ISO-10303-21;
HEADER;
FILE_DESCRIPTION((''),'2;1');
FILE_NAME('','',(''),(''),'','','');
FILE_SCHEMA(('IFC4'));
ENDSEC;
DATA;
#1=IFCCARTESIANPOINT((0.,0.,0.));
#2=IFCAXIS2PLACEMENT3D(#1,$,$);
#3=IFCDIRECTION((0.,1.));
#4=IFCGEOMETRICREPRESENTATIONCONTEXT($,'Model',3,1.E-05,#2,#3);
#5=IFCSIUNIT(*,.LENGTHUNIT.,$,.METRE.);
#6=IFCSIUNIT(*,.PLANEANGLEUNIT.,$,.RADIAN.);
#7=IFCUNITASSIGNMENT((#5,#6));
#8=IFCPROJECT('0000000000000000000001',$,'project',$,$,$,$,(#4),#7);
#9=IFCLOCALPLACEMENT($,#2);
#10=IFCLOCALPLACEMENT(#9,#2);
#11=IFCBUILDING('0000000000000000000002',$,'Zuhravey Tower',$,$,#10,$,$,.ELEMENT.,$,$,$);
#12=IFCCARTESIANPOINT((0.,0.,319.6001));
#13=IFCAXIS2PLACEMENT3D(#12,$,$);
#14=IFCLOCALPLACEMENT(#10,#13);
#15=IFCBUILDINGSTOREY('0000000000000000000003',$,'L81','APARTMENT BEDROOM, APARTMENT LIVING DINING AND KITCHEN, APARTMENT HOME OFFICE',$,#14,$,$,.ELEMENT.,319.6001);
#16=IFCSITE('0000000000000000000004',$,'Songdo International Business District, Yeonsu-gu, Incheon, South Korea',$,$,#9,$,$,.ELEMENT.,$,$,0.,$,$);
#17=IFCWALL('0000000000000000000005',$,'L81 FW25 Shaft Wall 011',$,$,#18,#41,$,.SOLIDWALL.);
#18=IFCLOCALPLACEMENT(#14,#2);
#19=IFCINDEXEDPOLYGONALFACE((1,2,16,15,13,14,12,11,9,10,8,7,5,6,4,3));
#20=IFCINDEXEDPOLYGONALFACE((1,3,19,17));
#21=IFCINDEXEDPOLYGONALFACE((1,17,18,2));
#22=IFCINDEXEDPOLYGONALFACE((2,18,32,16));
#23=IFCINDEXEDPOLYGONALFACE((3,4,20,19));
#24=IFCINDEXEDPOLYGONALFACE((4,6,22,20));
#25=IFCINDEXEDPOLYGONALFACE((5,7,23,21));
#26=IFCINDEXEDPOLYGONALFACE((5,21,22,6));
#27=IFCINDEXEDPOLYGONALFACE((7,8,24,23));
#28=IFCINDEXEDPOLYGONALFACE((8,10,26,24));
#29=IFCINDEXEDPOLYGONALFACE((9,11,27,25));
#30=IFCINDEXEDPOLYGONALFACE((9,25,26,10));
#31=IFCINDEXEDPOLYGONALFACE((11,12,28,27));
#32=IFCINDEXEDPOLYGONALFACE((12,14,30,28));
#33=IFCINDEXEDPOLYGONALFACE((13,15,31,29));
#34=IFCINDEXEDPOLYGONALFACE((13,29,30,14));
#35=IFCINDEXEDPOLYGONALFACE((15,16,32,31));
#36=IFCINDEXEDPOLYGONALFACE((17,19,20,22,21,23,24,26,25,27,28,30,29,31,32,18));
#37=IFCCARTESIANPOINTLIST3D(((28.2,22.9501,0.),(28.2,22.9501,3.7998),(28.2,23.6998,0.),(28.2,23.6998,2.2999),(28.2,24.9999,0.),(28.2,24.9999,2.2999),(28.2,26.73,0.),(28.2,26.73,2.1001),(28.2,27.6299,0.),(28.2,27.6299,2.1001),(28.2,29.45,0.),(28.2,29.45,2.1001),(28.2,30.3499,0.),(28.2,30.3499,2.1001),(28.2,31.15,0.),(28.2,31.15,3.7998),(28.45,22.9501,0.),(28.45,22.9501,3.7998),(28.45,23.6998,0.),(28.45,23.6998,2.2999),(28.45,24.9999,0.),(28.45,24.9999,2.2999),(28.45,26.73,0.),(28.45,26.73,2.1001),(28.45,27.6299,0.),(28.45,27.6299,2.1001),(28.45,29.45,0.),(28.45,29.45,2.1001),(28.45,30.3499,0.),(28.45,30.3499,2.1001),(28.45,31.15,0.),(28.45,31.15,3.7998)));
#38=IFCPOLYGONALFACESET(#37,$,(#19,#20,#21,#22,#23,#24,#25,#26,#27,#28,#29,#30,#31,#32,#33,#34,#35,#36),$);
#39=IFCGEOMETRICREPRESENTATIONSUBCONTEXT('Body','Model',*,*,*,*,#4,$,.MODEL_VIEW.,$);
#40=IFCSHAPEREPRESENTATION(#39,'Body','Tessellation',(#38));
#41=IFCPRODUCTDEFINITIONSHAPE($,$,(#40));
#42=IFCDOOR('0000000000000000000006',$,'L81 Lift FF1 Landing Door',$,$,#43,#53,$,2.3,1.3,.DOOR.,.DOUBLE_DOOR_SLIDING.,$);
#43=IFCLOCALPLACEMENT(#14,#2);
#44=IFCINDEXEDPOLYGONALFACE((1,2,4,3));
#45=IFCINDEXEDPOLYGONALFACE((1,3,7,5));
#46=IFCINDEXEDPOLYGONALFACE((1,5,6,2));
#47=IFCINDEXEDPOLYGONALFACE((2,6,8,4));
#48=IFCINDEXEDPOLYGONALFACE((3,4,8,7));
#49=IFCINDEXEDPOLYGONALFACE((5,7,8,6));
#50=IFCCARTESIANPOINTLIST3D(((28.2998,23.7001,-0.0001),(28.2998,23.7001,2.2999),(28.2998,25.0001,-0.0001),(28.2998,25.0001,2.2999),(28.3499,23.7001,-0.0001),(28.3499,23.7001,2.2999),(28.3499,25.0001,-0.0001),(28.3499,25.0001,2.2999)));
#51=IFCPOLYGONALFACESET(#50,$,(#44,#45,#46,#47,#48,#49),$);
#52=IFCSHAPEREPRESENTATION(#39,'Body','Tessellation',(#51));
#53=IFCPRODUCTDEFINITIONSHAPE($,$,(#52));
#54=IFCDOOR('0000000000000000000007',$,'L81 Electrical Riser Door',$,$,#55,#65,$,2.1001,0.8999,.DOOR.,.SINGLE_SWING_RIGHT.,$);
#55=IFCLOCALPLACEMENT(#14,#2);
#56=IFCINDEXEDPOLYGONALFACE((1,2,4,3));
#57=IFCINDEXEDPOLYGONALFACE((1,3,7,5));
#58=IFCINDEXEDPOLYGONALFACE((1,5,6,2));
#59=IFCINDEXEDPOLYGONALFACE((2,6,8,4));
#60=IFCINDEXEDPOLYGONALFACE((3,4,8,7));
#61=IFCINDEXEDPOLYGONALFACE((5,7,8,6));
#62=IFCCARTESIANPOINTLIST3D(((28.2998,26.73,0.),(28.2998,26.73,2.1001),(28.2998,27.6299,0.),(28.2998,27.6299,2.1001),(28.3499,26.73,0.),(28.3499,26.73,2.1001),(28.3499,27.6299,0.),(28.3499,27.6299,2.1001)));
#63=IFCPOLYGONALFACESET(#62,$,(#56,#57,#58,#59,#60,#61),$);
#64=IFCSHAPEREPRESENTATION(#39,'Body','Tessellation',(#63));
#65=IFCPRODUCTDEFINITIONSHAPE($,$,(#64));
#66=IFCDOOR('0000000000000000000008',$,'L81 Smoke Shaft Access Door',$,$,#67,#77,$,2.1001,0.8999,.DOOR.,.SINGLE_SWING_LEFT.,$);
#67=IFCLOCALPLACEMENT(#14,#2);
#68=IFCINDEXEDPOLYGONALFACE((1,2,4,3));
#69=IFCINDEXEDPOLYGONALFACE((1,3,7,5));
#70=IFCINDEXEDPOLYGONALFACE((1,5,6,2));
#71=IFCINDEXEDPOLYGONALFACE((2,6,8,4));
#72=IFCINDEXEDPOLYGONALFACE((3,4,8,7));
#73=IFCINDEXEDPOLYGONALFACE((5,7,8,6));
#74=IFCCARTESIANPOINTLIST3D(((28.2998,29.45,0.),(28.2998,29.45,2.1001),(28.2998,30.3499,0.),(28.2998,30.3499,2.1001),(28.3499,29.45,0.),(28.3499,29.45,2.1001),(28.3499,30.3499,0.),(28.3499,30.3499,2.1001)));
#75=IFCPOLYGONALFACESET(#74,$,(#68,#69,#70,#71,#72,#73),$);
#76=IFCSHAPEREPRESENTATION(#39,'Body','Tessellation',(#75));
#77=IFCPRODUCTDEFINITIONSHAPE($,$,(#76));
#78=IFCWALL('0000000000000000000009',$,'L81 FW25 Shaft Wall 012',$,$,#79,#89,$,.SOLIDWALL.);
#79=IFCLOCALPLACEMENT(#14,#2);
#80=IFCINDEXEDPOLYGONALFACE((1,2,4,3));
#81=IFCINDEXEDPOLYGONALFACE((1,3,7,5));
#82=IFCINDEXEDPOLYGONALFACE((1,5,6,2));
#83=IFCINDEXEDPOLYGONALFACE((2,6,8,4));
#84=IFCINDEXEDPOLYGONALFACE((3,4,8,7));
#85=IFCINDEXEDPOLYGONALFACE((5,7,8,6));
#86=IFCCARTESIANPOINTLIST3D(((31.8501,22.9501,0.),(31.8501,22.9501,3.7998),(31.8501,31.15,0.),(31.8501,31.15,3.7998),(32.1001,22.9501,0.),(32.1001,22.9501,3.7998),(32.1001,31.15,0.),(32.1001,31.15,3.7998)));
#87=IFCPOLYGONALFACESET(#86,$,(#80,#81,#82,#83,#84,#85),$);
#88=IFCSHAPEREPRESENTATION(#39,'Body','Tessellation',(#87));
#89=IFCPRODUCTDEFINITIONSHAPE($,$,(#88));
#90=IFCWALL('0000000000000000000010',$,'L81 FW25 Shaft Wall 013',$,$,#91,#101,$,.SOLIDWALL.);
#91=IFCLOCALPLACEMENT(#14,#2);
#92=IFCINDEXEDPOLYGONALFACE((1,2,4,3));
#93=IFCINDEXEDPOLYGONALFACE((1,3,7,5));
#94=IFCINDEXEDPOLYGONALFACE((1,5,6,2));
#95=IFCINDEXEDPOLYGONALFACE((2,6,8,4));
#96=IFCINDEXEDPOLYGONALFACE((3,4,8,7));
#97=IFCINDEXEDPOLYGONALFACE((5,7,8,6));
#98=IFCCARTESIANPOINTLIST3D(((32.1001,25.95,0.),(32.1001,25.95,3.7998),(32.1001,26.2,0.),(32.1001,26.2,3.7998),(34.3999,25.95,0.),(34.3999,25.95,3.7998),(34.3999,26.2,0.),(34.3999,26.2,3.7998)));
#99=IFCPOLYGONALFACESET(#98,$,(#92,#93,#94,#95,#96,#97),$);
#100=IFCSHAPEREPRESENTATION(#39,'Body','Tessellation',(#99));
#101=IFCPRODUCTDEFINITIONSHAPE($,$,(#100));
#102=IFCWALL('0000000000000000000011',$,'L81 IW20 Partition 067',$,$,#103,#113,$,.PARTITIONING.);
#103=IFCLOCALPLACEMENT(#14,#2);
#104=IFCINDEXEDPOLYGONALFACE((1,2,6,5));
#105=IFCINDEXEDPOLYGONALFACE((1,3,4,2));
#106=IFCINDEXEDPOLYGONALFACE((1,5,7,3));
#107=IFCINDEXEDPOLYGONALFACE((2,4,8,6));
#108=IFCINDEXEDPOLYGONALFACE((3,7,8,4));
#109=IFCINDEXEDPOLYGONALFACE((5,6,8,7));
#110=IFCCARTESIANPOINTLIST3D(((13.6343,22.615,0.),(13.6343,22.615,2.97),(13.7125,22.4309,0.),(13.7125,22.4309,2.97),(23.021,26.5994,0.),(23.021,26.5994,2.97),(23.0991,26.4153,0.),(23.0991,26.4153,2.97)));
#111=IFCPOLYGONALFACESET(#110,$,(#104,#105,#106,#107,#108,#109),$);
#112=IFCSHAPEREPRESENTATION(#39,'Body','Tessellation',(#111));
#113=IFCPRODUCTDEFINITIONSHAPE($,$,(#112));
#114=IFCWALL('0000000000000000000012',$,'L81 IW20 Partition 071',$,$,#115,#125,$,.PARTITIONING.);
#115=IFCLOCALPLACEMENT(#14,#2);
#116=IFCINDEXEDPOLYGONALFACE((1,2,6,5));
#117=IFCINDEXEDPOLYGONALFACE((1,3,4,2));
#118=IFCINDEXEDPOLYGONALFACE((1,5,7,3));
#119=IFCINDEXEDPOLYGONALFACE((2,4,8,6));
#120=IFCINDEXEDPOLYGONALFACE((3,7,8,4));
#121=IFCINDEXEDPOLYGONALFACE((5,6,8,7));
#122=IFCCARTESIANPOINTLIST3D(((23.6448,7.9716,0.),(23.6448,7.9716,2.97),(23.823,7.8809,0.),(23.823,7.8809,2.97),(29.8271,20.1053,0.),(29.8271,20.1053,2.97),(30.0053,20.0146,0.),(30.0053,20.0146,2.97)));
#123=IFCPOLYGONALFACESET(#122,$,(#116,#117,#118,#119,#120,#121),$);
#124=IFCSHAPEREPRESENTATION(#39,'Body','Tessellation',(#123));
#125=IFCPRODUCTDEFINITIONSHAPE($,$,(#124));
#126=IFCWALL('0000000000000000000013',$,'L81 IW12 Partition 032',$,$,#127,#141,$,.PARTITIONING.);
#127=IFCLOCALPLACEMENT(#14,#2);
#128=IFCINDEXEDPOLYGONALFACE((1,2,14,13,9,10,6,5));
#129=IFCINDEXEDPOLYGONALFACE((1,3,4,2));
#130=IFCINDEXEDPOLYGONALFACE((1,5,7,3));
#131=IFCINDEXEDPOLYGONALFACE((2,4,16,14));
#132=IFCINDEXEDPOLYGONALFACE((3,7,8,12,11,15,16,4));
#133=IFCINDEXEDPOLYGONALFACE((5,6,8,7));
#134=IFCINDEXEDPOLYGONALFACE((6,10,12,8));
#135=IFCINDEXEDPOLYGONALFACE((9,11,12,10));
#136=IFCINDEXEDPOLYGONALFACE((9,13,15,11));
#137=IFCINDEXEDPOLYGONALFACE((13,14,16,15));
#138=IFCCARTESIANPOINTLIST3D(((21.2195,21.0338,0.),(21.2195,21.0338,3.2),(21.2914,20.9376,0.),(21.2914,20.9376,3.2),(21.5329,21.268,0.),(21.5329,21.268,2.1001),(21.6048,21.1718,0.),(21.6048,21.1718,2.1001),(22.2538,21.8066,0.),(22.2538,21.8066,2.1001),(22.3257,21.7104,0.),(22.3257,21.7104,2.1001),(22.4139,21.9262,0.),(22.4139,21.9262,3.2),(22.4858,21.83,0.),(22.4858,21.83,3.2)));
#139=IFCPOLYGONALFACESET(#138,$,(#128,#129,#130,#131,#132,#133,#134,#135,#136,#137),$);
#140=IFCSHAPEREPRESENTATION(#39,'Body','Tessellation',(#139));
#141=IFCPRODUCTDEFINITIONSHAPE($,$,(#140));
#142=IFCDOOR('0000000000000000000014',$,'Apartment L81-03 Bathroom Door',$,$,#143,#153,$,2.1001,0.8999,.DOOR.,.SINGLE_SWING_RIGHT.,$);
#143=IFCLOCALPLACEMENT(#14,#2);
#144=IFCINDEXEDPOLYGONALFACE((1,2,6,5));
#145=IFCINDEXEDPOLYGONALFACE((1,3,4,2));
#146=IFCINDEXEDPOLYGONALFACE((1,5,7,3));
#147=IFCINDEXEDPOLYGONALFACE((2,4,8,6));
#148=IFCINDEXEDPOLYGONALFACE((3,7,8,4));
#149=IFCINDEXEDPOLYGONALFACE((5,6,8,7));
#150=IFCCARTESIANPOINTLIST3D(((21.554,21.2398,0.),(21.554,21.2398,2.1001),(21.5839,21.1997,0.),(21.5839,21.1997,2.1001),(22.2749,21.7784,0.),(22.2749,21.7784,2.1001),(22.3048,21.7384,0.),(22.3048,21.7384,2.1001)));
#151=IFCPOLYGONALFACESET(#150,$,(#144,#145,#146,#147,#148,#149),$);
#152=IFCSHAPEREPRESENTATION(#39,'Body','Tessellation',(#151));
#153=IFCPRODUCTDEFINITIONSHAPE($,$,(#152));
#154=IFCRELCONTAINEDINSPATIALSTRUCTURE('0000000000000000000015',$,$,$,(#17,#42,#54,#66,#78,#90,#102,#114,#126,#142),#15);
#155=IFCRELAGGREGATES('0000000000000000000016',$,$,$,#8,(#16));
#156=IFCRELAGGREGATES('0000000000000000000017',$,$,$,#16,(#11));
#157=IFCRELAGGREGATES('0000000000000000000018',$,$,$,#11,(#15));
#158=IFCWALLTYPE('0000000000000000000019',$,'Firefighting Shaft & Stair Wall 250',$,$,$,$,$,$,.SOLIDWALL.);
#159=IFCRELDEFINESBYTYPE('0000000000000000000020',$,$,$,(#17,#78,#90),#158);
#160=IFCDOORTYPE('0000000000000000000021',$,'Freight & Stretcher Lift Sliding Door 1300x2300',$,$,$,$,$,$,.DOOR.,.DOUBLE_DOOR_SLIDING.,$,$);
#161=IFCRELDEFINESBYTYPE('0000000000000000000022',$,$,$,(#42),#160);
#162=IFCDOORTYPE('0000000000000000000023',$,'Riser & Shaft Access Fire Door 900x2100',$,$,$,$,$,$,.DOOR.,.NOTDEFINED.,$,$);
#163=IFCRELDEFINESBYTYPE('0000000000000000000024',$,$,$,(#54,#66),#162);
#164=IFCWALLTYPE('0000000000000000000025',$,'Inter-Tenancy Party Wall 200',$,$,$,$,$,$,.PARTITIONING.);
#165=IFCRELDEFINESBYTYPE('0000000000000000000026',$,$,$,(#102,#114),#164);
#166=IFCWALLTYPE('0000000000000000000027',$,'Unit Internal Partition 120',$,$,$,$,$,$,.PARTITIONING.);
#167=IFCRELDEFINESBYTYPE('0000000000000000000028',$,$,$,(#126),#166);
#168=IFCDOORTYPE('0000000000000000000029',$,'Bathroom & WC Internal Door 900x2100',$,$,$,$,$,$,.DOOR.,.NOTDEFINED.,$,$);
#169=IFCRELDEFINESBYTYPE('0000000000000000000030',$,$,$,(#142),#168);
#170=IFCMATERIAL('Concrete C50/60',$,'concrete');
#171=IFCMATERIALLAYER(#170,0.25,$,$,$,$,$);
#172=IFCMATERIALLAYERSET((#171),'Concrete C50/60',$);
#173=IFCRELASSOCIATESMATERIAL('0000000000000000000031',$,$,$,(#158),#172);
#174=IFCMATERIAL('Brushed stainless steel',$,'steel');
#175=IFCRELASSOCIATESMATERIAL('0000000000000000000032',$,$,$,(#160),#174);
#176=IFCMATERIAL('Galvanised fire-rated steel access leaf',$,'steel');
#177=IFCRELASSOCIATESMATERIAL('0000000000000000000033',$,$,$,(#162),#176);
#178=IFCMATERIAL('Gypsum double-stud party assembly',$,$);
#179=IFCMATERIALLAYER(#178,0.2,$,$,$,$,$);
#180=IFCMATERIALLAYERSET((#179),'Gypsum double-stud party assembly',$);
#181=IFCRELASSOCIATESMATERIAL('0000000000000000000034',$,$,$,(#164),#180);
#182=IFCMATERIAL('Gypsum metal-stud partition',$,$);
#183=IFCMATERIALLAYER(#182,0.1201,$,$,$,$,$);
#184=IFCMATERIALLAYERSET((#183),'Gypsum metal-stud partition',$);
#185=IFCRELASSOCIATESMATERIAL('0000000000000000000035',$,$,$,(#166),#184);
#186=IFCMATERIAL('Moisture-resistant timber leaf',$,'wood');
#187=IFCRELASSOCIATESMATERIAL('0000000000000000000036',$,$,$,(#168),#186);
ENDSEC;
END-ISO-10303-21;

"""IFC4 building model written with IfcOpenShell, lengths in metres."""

from ifc_helpers import new_model, si_unit, direction, frame, frame_2d, origin, place, context, subcontext, project, spatial, rectangle, extrude, material, layer, layer_set, type_object, element, fill, save


model = new_model("IFC4")

# Units and contexts
model_context = context("Model", 3, precision=1e-05, world=origin(), true_north=direction((0.0, 1.0)))
body_context = subcontext(model_context, "Body", "Model", "MODEL_VIEW")
ifc_project = project(units=[si_unit("LENGTHUNIT", "METRE"), si_unit("PLANEANGLEUNIT", "RADIAN")], contexts=[model_context])

# Site, building, storey
site_placement = place(None, origin())
site = spatial("IfcSite", under=ifc_project, at=site_placement, Name="Songdo International Business District, Yeonsu-gu, Incheon, South Korea", CompositionType="ELEMENT", RefElevation=0.0)
building_placement = place(site_placement, origin())
building = spatial("IfcBuilding", under=site, at=building_placement, Name="Zuhravey Tower", CompositionType="ELEMENT")
storey_placement = place(building_placement, frame((0.0, 0.0, 319.6001)))
storey = spatial("IfcBuildingStorey", under=building, at=storey_placement, Name="L81", Description="APARTMENT BEDROOM, APARTMENT LIVING DINING AND KITCHEN, APARTMENT HOME OFFICE", CompositionType="ELEMENT", Elevation=319.6001)

# Shared definitions
ifc_material_1 = material(Name="Concrete C50/60", Category="concrete")

# Shared definitions
ifc_layer_1 = layer(ifc_material_1, 0.25)
ifc_layer_set_1 = layer_set([ifc_layer_1], Name="Concrete C50/60")
wall_type_1 = type_object("IfcWallType", Name="Firefighting Shaft & Stair Wall 250", PredefinedType="SOLIDWALL", material=ifc_layer_set_1)

# Wall, openings, doors
wall_1_placement = place(storey_placement, frame((28.325, 22.95, 0.0), z_axis=(0.0, 0.0, 1.0), x_axis=(0.0, 1.0, 0.0)))
wall_1 = element("IfcWall", 1, at=wall_1_placement, inside=storey, type_object=wall_type_1, Name="L81 FW25 Shaft Wall 011", PredefinedType="SOLIDWALL", context=body_context, shape_type="SweptSolid", body=[
    extrude(rectangle(XDim=8.2, YDim=0.25, at=frame_2d((4.1001, 0.0))), origin(), (0.0, 0.0, 1.0), 3.7998),
])
opening_1_placement = place(wall_1_placement, frame((0.75, 0.0, 0.0)))
opening_1 = element("IfcOpeningElement", 2, at=opening_1_placement, cuts=wall_1, PredefinedType="OPENING", context=body_context, shape_type="SweptSolid", body=[
    extrude(rectangle(XDim=1.3, YDim=2.3, at=frame_2d((0.6499, 1.1499))), frame((0.0, 0.137, 0.0), z_axis=(0.0, -1.0, 0.0), x_axis=(1.0, 0.0, 0.0)), (0.0, 0.0, 1.0), 0.2739),
])
opening_2_placement = place(wall_1_placement, frame((3.78, 0.0, 0.0)))
opening_2 = element("IfcOpeningElement", 3, at=opening_2_placement, cuts=wall_1, PredefinedType="OPENING", context=body_context, shape_type="SweptSolid", body=[
    extrude(rectangle(XDim=0.8999, YDim=2.1001, at=frame_2d((0.45, 1.05))), frame((0.0, 0.137, 0.0), z_axis=(0.0, -1.0, 0.0), x_axis=(1.0, 0.0, 0.0)), (0.0, 0.0, 1.0), 0.2739),
])
opening_3_placement = place(wall_1_placement, frame((6.5, 0.0, 0.0)))
opening_3 = element("IfcOpeningElement", 4, at=opening_3_placement, cuts=wall_1, PredefinedType="OPENING", context=body_context, shape_type="SweptSolid", body=[
    extrude(rectangle(XDim=0.8999, YDim=2.1001, at=frame_2d((0.45, 1.05))), frame((0.0, 0.137, 0.0), z_axis=(0.0, -1.0, 0.0), x_axis=(1.0, 0.0, 0.0)), (0.0, 0.0, 1.0), 0.2739),
])
ifc_material_2 = material(Name="Brushed stainless steel", Category="steel")
door_type_1 = type_object("IfcDoorType", Name="Freight & Stretcher Lift Sliding Door 1300x2300", OperationType="DOUBLE_DOOR_SLIDING", PredefinedType="DOOR", material=ifc_material_2)
door_1_placement = place(opening_1_placement, frame((1.3, 0.0, 0.0), z_axis=(0.0, 0.0, 1.0), x_axis=(-1.0, 0.0, 0.0)))
door_1 = element("IfcDoor", 5, at=door_1_placement, inside=storey, type_object=door_type_1, Name="L81 Lift FF1 Landing Door", OperationType="DOUBLE_DOOR_SLIDING", OverallHeight=2.3, OverallWidth=1.3, PredefinedType="DOOR", context=body_context, shape_type="SweptSolid", body=[
    extrude(rectangle(XDim=1.3, YDim=2.3, at=frame_2d((0.6499, 1.1499))), frame((0.0, 0.0249, 0.0), z_axis=(0.0, -1.0, 0.0), x_axis=(1.0, 0.0, 0.0)), (0.0, 0.0, 1.0), 0.05),
])
fill(opening_1, door_1)
ifc_material_3 = material(Name="Galvanised fire-rated steel access leaf", Category="steel")
door_type_2 = type_object("IfcDoorType", Name="Riser & Shaft Access Fire Door 900x2100", OperationType="NOTDEFINED", PredefinedType="DOOR", material=ifc_material_3)
door_2_placement = place(opening_2_placement, frame((0.8999, 0.0, 0.0), z_axis=(0.0, 0.0, 1.0), x_axis=(-1.0, 0.0, 0.0)))
door_2 = element("IfcDoor", 6, at=door_2_placement, inside=storey, type_object=door_type_2, Name="L81 Electrical Riser Door", OperationType="SINGLE_SWING_RIGHT", OverallHeight=2.1001, OverallWidth=0.8999, PredefinedType="DOOR", context=body_context, shape_type="SweptSolid", body=[
    extrude(rectangle(XDim=0.8999, YDim=2.1001, at=frame_2d((0.45, 1.05))), frame((0.0, 0.0249, 0.0), z_axis=(0.0, -1.0, 0.0), x_axis=(1.0, 0.0, 0.0)), (0.0, 0.0, 1.0), 0.05),
])
fill(opening_2, door_2)
door_3_placement = place(opening_3_placement, frame((0.8999, 0.0, 0.0), z_axis=(0.0, 0.0, 1.0), x_axis=(-1.0, 0.0, 0.0)))
door_3 = element("IfcDoor", 7, at=door_3_placement, inside=storey, type_object=door_type_2, Name="L81 Smoke Shaft Access Door", OperationType="SINGLE_SWING_LEFT", OverallHeight=2.1001, OverallWidth=0.8999, PredefinedType="DOOR", context=body_context, shape_type="SweptSolid", body=[
    extrude(rectangle(XDim=0.8999, YDim=2.1001, at=frame_2d((0.45, 1.05))), frame((0.0, 0.0249, 0.0), z_axis=(0.0, -1.0, 0.0), x_axis=(1.0, 0.0, 0.0)), (0.0, 0.0, 1.0), 0.05),
])
fill(opening_3, door_3)

# Walls
wall_2_placement = place(storey_placement, frame((31.9751, 22.95, 0.0), z_axis=(0.0, 0.0, 1.0), x_axis=(0.0, 1.0, 0.0)))
element("IfcWall", 8, at=wall_2_placement, inside=storey, type_object=wall_type_1, Name="L81 FW25 Shaft Wall 012", PredefinedType="SOLIDWALL", context=body_context, shape_type="SweptSolid", body=[
    extrude(rectangle(XDim=8.2, YDim=0.25, at=frame_2d((4.1001, 0.0))), origin(), (0.0, 0.0, 1.0), 3.7998),
])
wall_3_placement = place(storey_placement, frame((32.1001, 26.075, 0.0), z_axis=(0.0, 0.0, 1.0), x_axis=(1.0, 0.0, 0.0)))
element("IfcWall", 9, at=wall_3_placement, inside=storey, type_object=wall_type_1, Name="L81 FW25 Shaft Wall 013", PredefinedType="SOLIDWALL", context=body_context, shape_type="SweptSolid", body=[
    extrude(rectangle(XDim=2.2998, YDim=0.25, at=frame_2d((1.1499, 0.0))), origin(), (0.0, 0.0, 1.0), 3.7998),
])
ifc_material_4 = material(Name="Gypsum double-stud party assembly")
ifc_layer_2 = layer(ifc_material_4, 0.2)
ifc_layer_set_2 = layer_set([ifc_layer_2], Name="Gypsum double-stud party assembly")
wall_type_2 = type_object("IfcWallType", Name="Inter-Tenancy Party Wall 200", PredefinedType="PARTITIONING", material=ifc_layer_set_2)
wall_4_placement = place(storey_placement, frame((23.0601, 26.5073, 0.0), z_axis=(0.0, 0.0, 1.0), x_axis=(-0.920507, -0.390727, 0.0)))
element("IfcWall", 10, at=wall_4_placement, inside=storey, type_object=wall_type_2, Name="L81 IW20 Partition 067", PredefinedType="PARTITIONING", context=body_context, shape_type="SweptSolid", body=[
    extrude(rectangle(XDim=10.1973, YDim=0.2, at=frame_2d((5.0986, 0.0))), origin(), (0.0, 0.0, 1.0), 2.97),
])
wall_5_placement = place(storey_placement, frame((29.9163, 20.0601, 0.0), z_axis=(0.0, 0.0, 1.0), x_axis=(-0.453985, -0.89101, 0.0)))
element("IfcWall", 11, at=wall_5_placement, inside=storey, type_object=wall_type_2, Name="L81 IW20 Partition 071", PredefinedType="PARTITIONING", context=body_context, shape_type="SweptSolid", body=[
    extrude(rectangle(XDim=13.6179, YDim=0.2, at=frame_2d((6.8091, 0.0))), origin(), (0.0, 0.0, 1.0), 2.97),
])

# Wall, opening, door
ifc_material_5 = material(Name="Gypsum metal-stud partition")
ifc_layer_3 = layer(ifc_material_5, 0.1201)
ifc_layer_set_3 = layer_set([ifc_layer_3], Name="Gypsum metal-stud partition")
wall_type_3 = type_object("IfcWallType", Name="Unit Internal Partition 120", PredefinedType="PARTITIONING", material=ifc_layer_set_3)
wall_6_placement = place(storey_placement, frame((22.45, 21.8782, 0.0), z_axis=(0.0, 0.0, 1.0), x_axis=(-0.801099, -0.598532, 0.0)))
wall_6 = element("IfcWall", 12, at=wall_6_placement, inside=storey, type_object=wall_type_3, Name="L81 IW12 Partition 032", PredefinedType="PARTITIONING", context=body_context, shape_type="SweptSolid", body=[
    extrude(rectangle(XDim=1.491, YDim=0.1201, at=frame_2d((0.7456, 0.0))), origin(), (0.0, 0.0, 1.0), 3.2),
])
opening_4_placement = place(wall_6_placement, frame((0.2, 0.0, 0.0)))
opening_4 = element("IfcOpeningElement", 13, at=opening_4_placement, cuts=wall_6, PredefinedType="OPENING", context=body_context, shape_type="SweptSolid", body=[
    extrude(rectangle(XDim=0.8999, YDim=2.1001, at=frame_2d((0.45, 1.05))), frame((0.0, 0.072, 0.0), z_axis=(0.0, -1.0, 0.0), x_axis=(1.0, 0.0, 0.0)), (0.0, 0.0, 1.0), 0.144),
])
ifc_material_6 = material(Name="Moisture-resistant timber leaf", Category="wood")
door_type_3 = type_object("IfcDoorType", Name="Bathroom & WC Internal Door 900x2100", OperationType="NOTDEFINED", PredefinedType="DOOR", material=ifc_material_6)
door_4_placement = place(opening_4_placement, frame((0.8999, 0.0, 0.0), z_axis=(0.0, 0.0, 1.0), x_axis=(-1.0, 0.0, 0.0)))
door_4 = element("IfcDoor", 14, at=door_4_placement, inside=storey, type_object=door_type_3, Name="Apartment L81-03 Bathroom Door", OperationType="SINGLE_SWING_RIGHT", OverallHeight=2.1001, OverallWidth=0.8999, PredefinedType="DOOR", context=body_context, shape_type="SweptSolid", body=[
    extrude(rectangle(XDim=0.8999, YDim=2.1001, at=frame_2d((0.45, 1.05))), frame((0.0, 0.0249, 0.0), z_axis=(0.0, -1.0, 0.0), x_axis=(1.0, 0.0, 0.0)), (0.0, 0.0, 1.0), 0.05),
])
fill(opening_4, door_4)

save(model, "model.ifc")
